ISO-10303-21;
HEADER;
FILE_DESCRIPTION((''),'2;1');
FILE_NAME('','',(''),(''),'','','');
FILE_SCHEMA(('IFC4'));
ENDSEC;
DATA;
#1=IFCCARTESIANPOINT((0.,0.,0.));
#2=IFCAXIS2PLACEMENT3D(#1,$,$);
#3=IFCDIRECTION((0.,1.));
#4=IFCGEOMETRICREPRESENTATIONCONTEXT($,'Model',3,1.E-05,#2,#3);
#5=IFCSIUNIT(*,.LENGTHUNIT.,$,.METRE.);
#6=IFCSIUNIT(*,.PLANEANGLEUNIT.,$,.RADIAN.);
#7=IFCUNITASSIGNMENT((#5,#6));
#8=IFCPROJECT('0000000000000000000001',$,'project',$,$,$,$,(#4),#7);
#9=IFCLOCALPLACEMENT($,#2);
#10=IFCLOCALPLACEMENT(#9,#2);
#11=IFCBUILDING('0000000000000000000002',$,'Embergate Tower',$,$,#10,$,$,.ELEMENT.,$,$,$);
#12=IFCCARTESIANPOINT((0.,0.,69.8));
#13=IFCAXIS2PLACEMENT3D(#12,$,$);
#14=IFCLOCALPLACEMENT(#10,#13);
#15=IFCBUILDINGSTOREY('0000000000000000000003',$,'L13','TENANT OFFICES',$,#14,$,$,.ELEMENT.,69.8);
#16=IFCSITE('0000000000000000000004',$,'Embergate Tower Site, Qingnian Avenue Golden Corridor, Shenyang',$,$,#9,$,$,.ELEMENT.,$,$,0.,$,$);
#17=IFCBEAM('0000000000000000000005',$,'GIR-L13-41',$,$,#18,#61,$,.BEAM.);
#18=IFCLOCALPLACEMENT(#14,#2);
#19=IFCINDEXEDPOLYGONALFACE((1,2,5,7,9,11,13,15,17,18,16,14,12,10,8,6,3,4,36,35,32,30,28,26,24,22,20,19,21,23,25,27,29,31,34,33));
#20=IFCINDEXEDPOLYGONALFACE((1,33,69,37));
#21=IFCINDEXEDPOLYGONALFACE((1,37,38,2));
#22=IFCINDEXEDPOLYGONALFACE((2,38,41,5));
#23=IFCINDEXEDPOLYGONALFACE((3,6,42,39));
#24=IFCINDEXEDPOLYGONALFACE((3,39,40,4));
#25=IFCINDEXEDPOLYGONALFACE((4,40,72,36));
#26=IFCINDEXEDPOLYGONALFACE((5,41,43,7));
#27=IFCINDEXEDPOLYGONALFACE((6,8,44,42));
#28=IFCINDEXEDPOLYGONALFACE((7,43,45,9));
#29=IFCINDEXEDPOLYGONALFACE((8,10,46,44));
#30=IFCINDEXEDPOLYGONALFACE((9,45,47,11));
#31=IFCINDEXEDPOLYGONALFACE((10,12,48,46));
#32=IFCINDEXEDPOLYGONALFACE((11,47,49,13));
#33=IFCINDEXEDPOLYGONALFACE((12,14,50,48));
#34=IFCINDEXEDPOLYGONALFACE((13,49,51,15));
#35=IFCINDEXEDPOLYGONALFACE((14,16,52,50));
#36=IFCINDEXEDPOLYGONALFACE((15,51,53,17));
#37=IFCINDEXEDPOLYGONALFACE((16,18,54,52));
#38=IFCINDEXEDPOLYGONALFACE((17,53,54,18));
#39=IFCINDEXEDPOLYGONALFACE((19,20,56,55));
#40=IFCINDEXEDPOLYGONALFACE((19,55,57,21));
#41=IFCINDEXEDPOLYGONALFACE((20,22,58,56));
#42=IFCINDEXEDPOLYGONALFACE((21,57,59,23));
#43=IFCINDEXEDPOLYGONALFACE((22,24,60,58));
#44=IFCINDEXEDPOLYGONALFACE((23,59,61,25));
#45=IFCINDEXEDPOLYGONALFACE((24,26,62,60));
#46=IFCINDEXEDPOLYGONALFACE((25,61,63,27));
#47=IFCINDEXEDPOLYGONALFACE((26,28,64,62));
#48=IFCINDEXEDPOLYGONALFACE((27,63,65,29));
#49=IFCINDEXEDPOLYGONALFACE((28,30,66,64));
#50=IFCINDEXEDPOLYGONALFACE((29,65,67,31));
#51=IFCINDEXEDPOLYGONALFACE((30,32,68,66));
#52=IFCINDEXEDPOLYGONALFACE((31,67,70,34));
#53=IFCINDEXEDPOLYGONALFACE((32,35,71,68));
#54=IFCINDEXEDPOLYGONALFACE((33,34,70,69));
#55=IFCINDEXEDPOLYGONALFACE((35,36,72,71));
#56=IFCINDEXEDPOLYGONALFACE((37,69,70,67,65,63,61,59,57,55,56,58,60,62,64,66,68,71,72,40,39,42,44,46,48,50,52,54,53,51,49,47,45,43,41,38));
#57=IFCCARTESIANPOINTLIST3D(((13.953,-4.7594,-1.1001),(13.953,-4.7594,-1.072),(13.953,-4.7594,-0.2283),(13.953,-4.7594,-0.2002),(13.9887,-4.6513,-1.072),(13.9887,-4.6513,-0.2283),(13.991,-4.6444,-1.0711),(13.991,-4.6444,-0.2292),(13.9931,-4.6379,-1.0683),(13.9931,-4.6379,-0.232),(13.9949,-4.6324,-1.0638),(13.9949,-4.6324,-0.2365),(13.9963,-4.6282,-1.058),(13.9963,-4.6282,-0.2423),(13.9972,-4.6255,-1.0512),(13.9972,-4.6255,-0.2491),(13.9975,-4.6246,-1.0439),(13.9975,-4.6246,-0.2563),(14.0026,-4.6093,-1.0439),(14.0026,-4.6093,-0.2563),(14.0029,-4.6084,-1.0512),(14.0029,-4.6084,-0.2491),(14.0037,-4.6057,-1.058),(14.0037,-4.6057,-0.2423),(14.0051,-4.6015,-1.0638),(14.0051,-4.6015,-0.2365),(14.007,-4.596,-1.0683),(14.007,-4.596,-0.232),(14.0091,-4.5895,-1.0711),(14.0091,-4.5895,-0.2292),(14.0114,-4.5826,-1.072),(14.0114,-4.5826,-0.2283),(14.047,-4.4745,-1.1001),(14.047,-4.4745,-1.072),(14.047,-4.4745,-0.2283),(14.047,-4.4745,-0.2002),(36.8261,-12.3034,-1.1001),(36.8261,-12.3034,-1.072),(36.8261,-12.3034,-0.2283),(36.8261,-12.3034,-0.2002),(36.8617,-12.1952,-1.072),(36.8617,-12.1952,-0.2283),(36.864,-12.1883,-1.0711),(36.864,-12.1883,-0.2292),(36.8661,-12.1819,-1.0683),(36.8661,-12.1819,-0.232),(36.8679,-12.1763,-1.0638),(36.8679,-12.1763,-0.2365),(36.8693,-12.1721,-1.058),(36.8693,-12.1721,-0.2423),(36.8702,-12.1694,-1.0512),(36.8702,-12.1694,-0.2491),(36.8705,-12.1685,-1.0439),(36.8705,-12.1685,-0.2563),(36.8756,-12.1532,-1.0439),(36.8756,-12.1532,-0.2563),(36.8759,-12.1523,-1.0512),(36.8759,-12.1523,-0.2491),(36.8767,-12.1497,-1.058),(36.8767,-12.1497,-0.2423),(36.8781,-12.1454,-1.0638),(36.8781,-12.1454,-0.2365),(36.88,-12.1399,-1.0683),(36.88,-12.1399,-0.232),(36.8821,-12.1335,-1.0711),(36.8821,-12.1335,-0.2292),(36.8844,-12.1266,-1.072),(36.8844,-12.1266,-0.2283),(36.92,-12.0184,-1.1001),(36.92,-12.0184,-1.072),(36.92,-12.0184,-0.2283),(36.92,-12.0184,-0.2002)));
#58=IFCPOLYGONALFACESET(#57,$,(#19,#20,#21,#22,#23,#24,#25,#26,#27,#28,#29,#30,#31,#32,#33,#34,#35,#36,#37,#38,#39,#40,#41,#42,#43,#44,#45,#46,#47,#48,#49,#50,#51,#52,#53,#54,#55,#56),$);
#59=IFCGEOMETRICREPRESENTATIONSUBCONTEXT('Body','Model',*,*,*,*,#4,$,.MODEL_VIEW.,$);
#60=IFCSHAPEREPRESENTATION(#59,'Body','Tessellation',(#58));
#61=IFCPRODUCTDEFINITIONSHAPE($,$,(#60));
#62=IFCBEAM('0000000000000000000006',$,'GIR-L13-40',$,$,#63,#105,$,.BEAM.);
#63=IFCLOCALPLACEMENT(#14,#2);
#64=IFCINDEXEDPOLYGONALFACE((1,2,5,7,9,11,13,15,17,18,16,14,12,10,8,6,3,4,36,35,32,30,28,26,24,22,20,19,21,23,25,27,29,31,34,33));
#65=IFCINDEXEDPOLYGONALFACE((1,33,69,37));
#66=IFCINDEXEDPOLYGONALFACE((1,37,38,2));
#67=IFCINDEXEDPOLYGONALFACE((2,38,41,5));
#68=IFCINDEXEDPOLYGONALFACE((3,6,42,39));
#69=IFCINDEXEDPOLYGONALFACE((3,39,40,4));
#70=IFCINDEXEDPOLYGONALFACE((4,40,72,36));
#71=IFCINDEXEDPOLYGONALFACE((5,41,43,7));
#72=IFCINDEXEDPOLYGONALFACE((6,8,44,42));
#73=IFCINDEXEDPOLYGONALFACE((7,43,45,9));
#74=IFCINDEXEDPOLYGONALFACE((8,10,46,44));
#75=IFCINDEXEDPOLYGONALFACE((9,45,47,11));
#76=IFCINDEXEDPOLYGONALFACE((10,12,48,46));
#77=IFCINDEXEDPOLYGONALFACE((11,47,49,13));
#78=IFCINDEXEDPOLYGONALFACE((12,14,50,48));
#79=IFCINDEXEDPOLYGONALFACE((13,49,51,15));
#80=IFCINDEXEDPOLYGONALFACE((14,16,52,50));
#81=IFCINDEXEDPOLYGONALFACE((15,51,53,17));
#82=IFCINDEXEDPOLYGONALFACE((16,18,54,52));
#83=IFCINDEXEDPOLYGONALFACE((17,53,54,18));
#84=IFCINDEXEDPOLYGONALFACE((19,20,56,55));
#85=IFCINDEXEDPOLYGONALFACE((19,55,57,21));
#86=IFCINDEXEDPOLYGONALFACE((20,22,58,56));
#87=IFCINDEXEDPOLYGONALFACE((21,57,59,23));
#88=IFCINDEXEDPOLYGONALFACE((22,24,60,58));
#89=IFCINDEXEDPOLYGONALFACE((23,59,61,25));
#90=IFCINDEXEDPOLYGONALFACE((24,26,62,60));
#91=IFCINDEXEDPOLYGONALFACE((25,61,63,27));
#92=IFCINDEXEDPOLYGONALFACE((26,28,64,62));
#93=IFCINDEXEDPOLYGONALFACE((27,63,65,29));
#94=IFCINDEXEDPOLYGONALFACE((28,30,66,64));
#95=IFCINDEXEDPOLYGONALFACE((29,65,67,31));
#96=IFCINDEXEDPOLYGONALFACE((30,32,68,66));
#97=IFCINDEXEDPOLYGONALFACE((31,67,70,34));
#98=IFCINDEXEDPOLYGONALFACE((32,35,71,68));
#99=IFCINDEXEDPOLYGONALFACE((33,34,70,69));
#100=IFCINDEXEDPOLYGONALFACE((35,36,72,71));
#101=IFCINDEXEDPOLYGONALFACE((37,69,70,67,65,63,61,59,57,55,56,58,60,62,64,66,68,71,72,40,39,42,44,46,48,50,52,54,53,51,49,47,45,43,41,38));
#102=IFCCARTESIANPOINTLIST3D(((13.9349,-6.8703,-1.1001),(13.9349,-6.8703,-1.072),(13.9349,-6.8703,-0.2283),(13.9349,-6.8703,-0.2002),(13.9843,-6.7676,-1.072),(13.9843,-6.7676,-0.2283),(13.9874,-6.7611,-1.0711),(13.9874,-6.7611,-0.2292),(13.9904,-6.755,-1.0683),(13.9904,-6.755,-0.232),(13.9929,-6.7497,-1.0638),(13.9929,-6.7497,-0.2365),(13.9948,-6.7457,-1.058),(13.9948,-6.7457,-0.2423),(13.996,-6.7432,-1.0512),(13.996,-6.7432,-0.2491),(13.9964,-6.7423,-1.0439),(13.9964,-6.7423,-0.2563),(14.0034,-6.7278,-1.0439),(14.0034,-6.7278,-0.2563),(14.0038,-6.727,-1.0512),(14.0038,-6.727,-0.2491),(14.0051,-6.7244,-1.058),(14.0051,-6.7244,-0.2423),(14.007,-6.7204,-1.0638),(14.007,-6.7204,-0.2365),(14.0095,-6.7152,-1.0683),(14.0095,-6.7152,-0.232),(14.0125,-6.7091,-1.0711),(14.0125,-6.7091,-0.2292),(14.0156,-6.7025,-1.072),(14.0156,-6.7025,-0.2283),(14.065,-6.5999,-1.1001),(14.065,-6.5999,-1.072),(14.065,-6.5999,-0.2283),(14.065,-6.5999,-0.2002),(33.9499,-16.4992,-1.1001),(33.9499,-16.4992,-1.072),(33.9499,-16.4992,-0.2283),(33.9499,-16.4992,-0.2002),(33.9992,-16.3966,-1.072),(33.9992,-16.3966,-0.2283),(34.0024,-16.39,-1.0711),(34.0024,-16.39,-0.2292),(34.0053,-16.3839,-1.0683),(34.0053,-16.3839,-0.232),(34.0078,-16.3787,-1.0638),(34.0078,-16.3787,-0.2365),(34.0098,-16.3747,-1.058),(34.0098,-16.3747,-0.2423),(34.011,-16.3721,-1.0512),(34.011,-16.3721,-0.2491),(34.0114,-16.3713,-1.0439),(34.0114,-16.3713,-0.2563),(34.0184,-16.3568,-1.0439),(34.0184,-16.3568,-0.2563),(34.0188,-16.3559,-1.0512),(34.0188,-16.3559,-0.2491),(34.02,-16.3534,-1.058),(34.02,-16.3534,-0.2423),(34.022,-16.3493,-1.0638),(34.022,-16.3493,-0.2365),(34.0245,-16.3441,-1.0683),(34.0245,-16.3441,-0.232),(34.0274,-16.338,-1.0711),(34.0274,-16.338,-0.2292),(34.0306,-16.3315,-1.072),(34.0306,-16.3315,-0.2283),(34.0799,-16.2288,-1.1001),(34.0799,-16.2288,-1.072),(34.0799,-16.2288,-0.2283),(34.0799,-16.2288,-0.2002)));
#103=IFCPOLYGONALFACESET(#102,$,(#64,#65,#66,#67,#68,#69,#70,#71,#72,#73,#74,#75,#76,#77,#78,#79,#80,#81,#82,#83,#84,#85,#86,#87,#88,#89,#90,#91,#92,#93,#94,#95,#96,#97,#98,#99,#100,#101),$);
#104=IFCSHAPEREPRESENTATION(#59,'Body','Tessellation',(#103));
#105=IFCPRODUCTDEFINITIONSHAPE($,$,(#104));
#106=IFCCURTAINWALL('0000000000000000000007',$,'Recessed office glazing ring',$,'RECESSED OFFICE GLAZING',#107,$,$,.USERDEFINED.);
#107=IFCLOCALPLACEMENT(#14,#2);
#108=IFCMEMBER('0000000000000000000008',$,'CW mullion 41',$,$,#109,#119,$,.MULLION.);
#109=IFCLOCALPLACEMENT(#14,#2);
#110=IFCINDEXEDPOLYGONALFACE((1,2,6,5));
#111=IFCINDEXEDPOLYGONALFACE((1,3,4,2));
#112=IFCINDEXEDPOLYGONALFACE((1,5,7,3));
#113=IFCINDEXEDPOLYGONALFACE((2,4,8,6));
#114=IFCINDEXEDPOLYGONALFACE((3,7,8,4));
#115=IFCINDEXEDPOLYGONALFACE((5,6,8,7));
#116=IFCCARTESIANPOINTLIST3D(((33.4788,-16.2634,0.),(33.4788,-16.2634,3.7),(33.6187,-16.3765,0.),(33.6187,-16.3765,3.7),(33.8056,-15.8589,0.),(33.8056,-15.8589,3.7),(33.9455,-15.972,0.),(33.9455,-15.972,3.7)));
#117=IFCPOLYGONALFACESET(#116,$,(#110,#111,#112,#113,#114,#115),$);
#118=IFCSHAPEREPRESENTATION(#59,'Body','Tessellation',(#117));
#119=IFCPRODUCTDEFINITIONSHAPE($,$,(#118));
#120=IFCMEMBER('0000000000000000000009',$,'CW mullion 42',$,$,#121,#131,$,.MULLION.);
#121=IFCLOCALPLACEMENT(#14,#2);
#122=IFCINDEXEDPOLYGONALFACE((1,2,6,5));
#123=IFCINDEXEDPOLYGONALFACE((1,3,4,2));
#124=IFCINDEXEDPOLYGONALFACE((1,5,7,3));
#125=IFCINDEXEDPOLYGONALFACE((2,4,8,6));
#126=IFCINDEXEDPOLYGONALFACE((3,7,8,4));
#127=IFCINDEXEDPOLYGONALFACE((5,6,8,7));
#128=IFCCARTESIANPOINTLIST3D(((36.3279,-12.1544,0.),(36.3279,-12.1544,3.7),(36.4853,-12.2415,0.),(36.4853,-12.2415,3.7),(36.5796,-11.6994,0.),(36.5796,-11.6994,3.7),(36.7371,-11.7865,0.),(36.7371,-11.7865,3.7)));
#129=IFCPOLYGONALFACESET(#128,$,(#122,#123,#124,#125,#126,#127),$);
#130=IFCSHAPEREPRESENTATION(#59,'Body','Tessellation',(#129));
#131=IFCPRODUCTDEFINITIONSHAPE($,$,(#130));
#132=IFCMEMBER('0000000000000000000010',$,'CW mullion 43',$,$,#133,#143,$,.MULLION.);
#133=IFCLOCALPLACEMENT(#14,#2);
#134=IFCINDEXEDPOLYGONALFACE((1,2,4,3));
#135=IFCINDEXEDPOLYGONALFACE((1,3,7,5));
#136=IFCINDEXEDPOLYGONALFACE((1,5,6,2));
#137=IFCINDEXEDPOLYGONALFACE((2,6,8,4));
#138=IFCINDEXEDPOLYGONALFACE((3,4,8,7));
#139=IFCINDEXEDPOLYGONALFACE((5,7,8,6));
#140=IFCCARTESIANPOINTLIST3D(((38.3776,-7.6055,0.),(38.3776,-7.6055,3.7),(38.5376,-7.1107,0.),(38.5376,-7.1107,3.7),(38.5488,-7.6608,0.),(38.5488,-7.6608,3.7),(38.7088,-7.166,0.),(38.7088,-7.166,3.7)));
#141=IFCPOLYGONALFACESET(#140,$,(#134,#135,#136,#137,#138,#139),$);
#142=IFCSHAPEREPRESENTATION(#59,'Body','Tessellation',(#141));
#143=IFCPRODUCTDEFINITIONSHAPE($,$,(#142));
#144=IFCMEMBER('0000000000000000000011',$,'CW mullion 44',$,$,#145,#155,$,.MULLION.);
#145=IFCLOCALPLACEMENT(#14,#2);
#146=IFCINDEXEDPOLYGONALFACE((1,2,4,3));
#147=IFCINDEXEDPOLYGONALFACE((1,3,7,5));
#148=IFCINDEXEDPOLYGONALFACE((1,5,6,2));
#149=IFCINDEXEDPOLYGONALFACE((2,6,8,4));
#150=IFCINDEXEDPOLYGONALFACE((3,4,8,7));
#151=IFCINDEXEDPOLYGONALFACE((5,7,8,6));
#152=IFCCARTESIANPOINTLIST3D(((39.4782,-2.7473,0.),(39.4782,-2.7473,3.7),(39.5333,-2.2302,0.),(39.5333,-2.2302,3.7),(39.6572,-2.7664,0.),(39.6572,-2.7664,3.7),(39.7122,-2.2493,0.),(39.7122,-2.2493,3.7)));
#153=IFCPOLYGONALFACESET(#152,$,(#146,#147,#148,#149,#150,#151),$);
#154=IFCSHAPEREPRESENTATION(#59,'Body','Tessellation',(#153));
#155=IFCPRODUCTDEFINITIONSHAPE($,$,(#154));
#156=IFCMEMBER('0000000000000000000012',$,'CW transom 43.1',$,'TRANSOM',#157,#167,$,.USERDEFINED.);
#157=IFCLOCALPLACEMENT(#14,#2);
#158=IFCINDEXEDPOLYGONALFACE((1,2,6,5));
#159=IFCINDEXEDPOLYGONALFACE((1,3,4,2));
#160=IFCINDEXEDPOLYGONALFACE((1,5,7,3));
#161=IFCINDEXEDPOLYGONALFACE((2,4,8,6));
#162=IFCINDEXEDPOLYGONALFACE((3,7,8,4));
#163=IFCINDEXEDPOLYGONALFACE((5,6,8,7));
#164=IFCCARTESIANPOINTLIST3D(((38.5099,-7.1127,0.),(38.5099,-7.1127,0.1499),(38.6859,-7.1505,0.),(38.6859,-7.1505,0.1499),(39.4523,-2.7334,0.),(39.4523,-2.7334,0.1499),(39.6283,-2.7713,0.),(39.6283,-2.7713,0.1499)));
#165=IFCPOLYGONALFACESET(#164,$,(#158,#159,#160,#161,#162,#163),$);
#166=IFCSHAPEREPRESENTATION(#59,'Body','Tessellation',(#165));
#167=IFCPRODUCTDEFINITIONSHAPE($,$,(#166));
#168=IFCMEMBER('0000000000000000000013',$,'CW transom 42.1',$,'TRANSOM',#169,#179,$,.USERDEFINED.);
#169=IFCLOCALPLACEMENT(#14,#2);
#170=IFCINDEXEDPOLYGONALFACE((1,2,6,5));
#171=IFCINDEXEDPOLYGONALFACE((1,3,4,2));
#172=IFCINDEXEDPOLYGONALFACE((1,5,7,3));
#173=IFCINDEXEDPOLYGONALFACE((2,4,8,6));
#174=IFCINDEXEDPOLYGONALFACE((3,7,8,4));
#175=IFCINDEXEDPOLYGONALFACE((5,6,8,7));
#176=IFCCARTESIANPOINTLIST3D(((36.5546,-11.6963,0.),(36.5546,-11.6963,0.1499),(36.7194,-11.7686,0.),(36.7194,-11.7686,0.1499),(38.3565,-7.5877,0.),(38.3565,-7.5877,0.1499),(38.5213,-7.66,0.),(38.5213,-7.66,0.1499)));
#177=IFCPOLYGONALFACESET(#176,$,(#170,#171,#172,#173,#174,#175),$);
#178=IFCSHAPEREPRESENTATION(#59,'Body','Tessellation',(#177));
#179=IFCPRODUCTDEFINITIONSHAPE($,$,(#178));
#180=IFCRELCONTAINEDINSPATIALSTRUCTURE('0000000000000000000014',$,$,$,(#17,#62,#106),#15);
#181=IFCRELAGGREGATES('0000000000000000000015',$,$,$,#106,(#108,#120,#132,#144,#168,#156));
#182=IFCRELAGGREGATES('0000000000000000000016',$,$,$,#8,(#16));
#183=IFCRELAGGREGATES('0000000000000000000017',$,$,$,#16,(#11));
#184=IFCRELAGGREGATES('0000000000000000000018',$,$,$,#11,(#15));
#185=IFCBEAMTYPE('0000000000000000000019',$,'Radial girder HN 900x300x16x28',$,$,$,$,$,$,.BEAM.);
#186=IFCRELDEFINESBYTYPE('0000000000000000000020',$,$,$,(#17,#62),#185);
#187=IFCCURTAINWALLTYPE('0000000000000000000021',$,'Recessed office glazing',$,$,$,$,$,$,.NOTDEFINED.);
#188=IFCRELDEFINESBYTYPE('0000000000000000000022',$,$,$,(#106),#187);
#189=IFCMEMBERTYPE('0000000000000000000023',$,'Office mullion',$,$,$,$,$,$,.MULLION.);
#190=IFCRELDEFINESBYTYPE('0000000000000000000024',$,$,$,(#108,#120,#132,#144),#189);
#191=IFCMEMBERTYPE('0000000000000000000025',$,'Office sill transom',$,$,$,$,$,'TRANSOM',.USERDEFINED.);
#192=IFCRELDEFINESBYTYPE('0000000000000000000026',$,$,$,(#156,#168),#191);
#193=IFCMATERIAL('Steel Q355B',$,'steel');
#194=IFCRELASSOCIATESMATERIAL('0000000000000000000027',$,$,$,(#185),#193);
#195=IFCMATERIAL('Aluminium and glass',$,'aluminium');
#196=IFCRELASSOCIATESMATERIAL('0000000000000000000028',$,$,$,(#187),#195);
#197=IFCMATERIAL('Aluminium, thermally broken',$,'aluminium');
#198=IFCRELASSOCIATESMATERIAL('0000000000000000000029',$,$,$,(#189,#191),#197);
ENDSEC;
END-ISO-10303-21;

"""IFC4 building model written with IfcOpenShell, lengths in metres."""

from ifc_helpers import new_model, si_unit, direction, frame, origin, origin_2d, place, context, subcontext, project, spatial, rectangle, i_section, extrude, source, transform, mapped, material, material_profile, profile_set, type_object, element, aggregate, save


model = new_model("IFC4")

# Units and contexts
model_context = context("Model", 3, precision=1e-05, world=origin(), true_north=direction((0.0, 1.0)))
body_context = subcontext(model_context, "Body", "Model", "MODEL_VIEW")
ifc_project = project(units=[si_unit("LENGTHUNIT", "METRE"), si_unit("PLANEANGLEUNIT", "RADIAN")], contexts=[model_context])

# Site, building, storey
site_placement = place(None, origin())
site = spatial("IfcSite", under=ifc_project, at=site_placement, Name="Embergate Tower Site, Qingnian Avenue Golden Corridor, Shenyang", CompositionType="ELEMENT", RefElevation=0.0)
building_placement = place(site_placement, origin())
building = spatial("IfcBuilding", under=site, at=building_placement, Name="Embergate Tower", CompositionType="ELEMENT")
storey_placement = place(building_placement, frame((0.0, 0.0, 69.8)))
storey = spatial("IfcBuildingStorey", under=building, at=storey_placement, Name="L13", Description="TENANT OFFICES", CompositionType="ELEMENT", Elevation=69.8)

# Beams
ifc_material_1 = material(Name="Steel Q355B", Category="steel")
ifc_material_profile_1 = material_profile(ifc_material_1, i_section(OverallWidth=0.3, OverallDepth=0.8999, WebThickness=0.0161, FlangeThickness=0.0281, FilletRadius=0.0281, at=origin_2d()), Name="HN 900x300x16x28")
ifc_profile_set_1 = profile_set([ifc_material_profile_1], Name="Steel Q355 grade B")
beam_type_1 = type_object("IfcBeamType", Name="Radial girder HN 900x300x16x28", PredefinedType="BEAM", material=ifc_profile_set_1)
shared_shape_1 = source(origin(), body_context, "Body", "SweptSolid", [
    extrude(i_section(OverallWidth=0.3, OverallDepth=0.8999, WebThickness=0.0161, FlangeThickness=0.0281, FilletRadius=0.0281, at=origin_2d()), origin(), (0.0, 0.0, 1.0), 24.085),
])
beam_1_placement = place(storey_placement, frame((36.873, -12.1609, -0.6501), z_axis=(-0.94968, 0.313222, 0.0), x_axis=(-0.313222, -0.94968, 0.0)))
element("IfcBeam", 1, at=beam_1_placement, inside=storey, type_object=beam_type_1, Name="GIR-L13-41", PredefinedType="BEAM", context=body_context, shape_type="MappedRepresentation", body=[
    mapped(shared_shape_1, transform((0.0, 0.0, 0.0))),
])
shared_shape_2 = source(origin(), body_context, "Body", "SweptSolid", [
    extrude(i_section(OverallWidth=0.3, OverallDepth=0.8999, WebThickness=0.0161, FlangeThickness=0.0281, FilletRadius=0.0281, at=origin_2d()), origin(), (0.0, 0.0, 1.0), 22.2107),
])
beam_2_placement = place(storey_placement, frame((34.0149, -16.364, -0.6501), z_axis=(-0.901141, 0.433527, 0.0), x_axis=(-0.433527, -0.901141, 0.0)))
element("IfcBeam", 2, at=beam_2_placement, inside=storey, type_object=beam_type_1, Name="GIR-L13-40", PredefinedType="BEAM", context=body_context, shape_type="MappedRepresentation", body=[
    mapped(shared_shape_2, transform((0.0, 0.0, 0.0))),
])

# Curtain wall, members
ifc_material_2 = material(Name="Aluminium and glass", Category="aluminium")
curtain_wall_type = type_object("IfcCurtainWallType", Name="Recessed office glazing", PredefinedType="NOTDEFINED", material=ifc_material_2)
curtain_wall_placement = place(storey_placement, origin())
curtain_wall = element("IfcCurtainWall", 3, at=curtain_wall_placement, inside=storey, type_object=curtain_wall_type, Name="Recessed office glazing ring", ObjectType="RECESSED OFFICE GLAZING", PredefinedType="USERDEFINED")
ifc_material_3 = material(Name="Aluminium, thermally broken", Category="aluminium")
ifc_material_profile_2 = material_profile(ifc_material_3, rectangle(XDim=0.1799, YDim=0.52, at=origin_2d()), Name="AL 520x180")
ifc_profile_set_2 = profile_set([ifc_material_profile_2], Name="Aluminium, thermally broken")
member_type_1 = type_object("IfcMemberType", Name="Office mullion", PredefinedType="MULLION", material=ifc_profile_set_2)
shared_shape_3 = source(origin(), body_context, "Body", "SweptSolid", [
    extrude(rectangle(XDim=0.1799, YDim=0.52, at=origin_2d()), origin(), (0.0, 0.0, 1.0), 3.7),
])
member_1_placement = place(storey_placement, frame((33.7122, -16.1177, 0.0), z_axis=(0.0, 0.0, 1.0), x_axis=(-0.77788, 0.628413, 0.0)))
member_1 = element("IfcMember", 4, at=member_1_placement, type_object=member_type_1, Name="CW mullion 41", PredefinedType="MULLION", context=body_context, shape_type="MappedRepresentation", body=[
    mapped(shared_shape_3, transform((0.0, 0.0, 0.0))),
])
member_2_placement = place(storey_placement, frame((36.5325, -11.9705, 0.0), z_axis=(0.0, 0.0, 1.0), x_axis=(-0.875008, 0.484109, 0.0)))
member_2 = element("IfcMember", 5, at=member_2_placement, type_object=member_type_1, Name="CW mullion 42", PredefinedType="MULLION", context=body_context, shape_type="MappedRepresentation", body=[
    mapped(shared_shape_3, transform((0.0, 0.0, 0.0))),
])
member_3_placement = place(storey_placement, frame((38.5432, -7.3857, 0.0), z_axis=(0.0, 0.0, 1.0), x_axis=(-0.951501, 0.307646, 0.0)))
member_3 = element("IfcMember", 6, at=member_3_placement, type_object=member_type_1, Name="CW mullion 43", PredefinedType="MULLION", context=body_context, shape_type="MappedRepresentation", body=[
    mapped(shared_shape_3, transform((0.0, 0.0, 0.0))),
])
member_4_placement = place(storey_placement, frame((39.5952, -2.4983, 0.0), z_axis=(0.0, 0.0, 1.0), x_axis=(-0.994385, 0.10582, 0.0)))
member_4 = element("IfcMember", 7, at=member_4_placement, type_object=member_type_1, Name="CW mullion 44", PredefinedType="MULLION", context=body_context, shape_type="MappedRepresentation", body=[
    mapped(shared_shape_3, transform((0.0, 0.0, 0.0))),
])
ifc_material_profile_3 = material_profile(ifc_material_3, rectangle(XDim=0.1799, YDim=0.1499, at=origin_2d()), Name="AL 150x180")
ifc_profile_set_3 = profile_set([ifc_material_profile_3], Name="Aluminium, thermally broken")
member_type_2 = type_object("IfcMemberType", Name="Office sill transom", ElementType="TRANSOM", PredefinedType="USERDEFINED", material=ifc_profile_set_3)
shared_shape_4 = source(origin(), body_context, "Body", "SweptSolid", [
    extrude(rectangle(XDim=0.1799, YDim=0.1499, at=origin_2d()), origin(), (0.0, 0.0, 1.0), 4.4795),
])
member_5_placement = place(storey_placement, frame((38.5979, -7.1316, 0.075), z_axis=(0.210381, 0.977619, 0.0), x_axis=(-0.977619, 0.210381, 0.0)))
member_5 = element("IfcMember", 8, at=member_5_placement, type_object=member_type_2, Name="CW transom 43.1", ObjectType="TRANSOM", PredefinedType="USERDEFINED", context=body_context, shape_type="MappedRepresentation", body=[
    mapped(shared_shape_4, transform((0.0, 0.0, 0.0))),
])
shared_shape_5 = source(origin(), body_context, "Body", "SweptSolid", [
    extrude(rectangle(XDim=0.1799, YDim=0.1499, at=origin_2d()), origin(), (0.0, 0.0, 1.0), 4.4863),
])
member_6_placement = place(storey_placement, frame((36.637, -11.7324, 0.075), z_axis=(0.401655, 0.915791, 0.0), x_axis=(-0.915791, 0.401655, 0.0)))
member_6 = element("IfcMember", 9, at=member_6_placement, type_object=member_type_2, Name="CW transom 42.1", ObjectType="TRANSOM", PredefinedType="USERDEFINED", context=body_context, shape_type="MappedRepresentation", body=[
    mapped(shared_shape_5, transform((0.0, 0.0, 0.0))),
])
aggregate(curtain_wall, [member_1, member_2, member_3, member_4, member_6, member_5])

save(model, "model.ifc")
